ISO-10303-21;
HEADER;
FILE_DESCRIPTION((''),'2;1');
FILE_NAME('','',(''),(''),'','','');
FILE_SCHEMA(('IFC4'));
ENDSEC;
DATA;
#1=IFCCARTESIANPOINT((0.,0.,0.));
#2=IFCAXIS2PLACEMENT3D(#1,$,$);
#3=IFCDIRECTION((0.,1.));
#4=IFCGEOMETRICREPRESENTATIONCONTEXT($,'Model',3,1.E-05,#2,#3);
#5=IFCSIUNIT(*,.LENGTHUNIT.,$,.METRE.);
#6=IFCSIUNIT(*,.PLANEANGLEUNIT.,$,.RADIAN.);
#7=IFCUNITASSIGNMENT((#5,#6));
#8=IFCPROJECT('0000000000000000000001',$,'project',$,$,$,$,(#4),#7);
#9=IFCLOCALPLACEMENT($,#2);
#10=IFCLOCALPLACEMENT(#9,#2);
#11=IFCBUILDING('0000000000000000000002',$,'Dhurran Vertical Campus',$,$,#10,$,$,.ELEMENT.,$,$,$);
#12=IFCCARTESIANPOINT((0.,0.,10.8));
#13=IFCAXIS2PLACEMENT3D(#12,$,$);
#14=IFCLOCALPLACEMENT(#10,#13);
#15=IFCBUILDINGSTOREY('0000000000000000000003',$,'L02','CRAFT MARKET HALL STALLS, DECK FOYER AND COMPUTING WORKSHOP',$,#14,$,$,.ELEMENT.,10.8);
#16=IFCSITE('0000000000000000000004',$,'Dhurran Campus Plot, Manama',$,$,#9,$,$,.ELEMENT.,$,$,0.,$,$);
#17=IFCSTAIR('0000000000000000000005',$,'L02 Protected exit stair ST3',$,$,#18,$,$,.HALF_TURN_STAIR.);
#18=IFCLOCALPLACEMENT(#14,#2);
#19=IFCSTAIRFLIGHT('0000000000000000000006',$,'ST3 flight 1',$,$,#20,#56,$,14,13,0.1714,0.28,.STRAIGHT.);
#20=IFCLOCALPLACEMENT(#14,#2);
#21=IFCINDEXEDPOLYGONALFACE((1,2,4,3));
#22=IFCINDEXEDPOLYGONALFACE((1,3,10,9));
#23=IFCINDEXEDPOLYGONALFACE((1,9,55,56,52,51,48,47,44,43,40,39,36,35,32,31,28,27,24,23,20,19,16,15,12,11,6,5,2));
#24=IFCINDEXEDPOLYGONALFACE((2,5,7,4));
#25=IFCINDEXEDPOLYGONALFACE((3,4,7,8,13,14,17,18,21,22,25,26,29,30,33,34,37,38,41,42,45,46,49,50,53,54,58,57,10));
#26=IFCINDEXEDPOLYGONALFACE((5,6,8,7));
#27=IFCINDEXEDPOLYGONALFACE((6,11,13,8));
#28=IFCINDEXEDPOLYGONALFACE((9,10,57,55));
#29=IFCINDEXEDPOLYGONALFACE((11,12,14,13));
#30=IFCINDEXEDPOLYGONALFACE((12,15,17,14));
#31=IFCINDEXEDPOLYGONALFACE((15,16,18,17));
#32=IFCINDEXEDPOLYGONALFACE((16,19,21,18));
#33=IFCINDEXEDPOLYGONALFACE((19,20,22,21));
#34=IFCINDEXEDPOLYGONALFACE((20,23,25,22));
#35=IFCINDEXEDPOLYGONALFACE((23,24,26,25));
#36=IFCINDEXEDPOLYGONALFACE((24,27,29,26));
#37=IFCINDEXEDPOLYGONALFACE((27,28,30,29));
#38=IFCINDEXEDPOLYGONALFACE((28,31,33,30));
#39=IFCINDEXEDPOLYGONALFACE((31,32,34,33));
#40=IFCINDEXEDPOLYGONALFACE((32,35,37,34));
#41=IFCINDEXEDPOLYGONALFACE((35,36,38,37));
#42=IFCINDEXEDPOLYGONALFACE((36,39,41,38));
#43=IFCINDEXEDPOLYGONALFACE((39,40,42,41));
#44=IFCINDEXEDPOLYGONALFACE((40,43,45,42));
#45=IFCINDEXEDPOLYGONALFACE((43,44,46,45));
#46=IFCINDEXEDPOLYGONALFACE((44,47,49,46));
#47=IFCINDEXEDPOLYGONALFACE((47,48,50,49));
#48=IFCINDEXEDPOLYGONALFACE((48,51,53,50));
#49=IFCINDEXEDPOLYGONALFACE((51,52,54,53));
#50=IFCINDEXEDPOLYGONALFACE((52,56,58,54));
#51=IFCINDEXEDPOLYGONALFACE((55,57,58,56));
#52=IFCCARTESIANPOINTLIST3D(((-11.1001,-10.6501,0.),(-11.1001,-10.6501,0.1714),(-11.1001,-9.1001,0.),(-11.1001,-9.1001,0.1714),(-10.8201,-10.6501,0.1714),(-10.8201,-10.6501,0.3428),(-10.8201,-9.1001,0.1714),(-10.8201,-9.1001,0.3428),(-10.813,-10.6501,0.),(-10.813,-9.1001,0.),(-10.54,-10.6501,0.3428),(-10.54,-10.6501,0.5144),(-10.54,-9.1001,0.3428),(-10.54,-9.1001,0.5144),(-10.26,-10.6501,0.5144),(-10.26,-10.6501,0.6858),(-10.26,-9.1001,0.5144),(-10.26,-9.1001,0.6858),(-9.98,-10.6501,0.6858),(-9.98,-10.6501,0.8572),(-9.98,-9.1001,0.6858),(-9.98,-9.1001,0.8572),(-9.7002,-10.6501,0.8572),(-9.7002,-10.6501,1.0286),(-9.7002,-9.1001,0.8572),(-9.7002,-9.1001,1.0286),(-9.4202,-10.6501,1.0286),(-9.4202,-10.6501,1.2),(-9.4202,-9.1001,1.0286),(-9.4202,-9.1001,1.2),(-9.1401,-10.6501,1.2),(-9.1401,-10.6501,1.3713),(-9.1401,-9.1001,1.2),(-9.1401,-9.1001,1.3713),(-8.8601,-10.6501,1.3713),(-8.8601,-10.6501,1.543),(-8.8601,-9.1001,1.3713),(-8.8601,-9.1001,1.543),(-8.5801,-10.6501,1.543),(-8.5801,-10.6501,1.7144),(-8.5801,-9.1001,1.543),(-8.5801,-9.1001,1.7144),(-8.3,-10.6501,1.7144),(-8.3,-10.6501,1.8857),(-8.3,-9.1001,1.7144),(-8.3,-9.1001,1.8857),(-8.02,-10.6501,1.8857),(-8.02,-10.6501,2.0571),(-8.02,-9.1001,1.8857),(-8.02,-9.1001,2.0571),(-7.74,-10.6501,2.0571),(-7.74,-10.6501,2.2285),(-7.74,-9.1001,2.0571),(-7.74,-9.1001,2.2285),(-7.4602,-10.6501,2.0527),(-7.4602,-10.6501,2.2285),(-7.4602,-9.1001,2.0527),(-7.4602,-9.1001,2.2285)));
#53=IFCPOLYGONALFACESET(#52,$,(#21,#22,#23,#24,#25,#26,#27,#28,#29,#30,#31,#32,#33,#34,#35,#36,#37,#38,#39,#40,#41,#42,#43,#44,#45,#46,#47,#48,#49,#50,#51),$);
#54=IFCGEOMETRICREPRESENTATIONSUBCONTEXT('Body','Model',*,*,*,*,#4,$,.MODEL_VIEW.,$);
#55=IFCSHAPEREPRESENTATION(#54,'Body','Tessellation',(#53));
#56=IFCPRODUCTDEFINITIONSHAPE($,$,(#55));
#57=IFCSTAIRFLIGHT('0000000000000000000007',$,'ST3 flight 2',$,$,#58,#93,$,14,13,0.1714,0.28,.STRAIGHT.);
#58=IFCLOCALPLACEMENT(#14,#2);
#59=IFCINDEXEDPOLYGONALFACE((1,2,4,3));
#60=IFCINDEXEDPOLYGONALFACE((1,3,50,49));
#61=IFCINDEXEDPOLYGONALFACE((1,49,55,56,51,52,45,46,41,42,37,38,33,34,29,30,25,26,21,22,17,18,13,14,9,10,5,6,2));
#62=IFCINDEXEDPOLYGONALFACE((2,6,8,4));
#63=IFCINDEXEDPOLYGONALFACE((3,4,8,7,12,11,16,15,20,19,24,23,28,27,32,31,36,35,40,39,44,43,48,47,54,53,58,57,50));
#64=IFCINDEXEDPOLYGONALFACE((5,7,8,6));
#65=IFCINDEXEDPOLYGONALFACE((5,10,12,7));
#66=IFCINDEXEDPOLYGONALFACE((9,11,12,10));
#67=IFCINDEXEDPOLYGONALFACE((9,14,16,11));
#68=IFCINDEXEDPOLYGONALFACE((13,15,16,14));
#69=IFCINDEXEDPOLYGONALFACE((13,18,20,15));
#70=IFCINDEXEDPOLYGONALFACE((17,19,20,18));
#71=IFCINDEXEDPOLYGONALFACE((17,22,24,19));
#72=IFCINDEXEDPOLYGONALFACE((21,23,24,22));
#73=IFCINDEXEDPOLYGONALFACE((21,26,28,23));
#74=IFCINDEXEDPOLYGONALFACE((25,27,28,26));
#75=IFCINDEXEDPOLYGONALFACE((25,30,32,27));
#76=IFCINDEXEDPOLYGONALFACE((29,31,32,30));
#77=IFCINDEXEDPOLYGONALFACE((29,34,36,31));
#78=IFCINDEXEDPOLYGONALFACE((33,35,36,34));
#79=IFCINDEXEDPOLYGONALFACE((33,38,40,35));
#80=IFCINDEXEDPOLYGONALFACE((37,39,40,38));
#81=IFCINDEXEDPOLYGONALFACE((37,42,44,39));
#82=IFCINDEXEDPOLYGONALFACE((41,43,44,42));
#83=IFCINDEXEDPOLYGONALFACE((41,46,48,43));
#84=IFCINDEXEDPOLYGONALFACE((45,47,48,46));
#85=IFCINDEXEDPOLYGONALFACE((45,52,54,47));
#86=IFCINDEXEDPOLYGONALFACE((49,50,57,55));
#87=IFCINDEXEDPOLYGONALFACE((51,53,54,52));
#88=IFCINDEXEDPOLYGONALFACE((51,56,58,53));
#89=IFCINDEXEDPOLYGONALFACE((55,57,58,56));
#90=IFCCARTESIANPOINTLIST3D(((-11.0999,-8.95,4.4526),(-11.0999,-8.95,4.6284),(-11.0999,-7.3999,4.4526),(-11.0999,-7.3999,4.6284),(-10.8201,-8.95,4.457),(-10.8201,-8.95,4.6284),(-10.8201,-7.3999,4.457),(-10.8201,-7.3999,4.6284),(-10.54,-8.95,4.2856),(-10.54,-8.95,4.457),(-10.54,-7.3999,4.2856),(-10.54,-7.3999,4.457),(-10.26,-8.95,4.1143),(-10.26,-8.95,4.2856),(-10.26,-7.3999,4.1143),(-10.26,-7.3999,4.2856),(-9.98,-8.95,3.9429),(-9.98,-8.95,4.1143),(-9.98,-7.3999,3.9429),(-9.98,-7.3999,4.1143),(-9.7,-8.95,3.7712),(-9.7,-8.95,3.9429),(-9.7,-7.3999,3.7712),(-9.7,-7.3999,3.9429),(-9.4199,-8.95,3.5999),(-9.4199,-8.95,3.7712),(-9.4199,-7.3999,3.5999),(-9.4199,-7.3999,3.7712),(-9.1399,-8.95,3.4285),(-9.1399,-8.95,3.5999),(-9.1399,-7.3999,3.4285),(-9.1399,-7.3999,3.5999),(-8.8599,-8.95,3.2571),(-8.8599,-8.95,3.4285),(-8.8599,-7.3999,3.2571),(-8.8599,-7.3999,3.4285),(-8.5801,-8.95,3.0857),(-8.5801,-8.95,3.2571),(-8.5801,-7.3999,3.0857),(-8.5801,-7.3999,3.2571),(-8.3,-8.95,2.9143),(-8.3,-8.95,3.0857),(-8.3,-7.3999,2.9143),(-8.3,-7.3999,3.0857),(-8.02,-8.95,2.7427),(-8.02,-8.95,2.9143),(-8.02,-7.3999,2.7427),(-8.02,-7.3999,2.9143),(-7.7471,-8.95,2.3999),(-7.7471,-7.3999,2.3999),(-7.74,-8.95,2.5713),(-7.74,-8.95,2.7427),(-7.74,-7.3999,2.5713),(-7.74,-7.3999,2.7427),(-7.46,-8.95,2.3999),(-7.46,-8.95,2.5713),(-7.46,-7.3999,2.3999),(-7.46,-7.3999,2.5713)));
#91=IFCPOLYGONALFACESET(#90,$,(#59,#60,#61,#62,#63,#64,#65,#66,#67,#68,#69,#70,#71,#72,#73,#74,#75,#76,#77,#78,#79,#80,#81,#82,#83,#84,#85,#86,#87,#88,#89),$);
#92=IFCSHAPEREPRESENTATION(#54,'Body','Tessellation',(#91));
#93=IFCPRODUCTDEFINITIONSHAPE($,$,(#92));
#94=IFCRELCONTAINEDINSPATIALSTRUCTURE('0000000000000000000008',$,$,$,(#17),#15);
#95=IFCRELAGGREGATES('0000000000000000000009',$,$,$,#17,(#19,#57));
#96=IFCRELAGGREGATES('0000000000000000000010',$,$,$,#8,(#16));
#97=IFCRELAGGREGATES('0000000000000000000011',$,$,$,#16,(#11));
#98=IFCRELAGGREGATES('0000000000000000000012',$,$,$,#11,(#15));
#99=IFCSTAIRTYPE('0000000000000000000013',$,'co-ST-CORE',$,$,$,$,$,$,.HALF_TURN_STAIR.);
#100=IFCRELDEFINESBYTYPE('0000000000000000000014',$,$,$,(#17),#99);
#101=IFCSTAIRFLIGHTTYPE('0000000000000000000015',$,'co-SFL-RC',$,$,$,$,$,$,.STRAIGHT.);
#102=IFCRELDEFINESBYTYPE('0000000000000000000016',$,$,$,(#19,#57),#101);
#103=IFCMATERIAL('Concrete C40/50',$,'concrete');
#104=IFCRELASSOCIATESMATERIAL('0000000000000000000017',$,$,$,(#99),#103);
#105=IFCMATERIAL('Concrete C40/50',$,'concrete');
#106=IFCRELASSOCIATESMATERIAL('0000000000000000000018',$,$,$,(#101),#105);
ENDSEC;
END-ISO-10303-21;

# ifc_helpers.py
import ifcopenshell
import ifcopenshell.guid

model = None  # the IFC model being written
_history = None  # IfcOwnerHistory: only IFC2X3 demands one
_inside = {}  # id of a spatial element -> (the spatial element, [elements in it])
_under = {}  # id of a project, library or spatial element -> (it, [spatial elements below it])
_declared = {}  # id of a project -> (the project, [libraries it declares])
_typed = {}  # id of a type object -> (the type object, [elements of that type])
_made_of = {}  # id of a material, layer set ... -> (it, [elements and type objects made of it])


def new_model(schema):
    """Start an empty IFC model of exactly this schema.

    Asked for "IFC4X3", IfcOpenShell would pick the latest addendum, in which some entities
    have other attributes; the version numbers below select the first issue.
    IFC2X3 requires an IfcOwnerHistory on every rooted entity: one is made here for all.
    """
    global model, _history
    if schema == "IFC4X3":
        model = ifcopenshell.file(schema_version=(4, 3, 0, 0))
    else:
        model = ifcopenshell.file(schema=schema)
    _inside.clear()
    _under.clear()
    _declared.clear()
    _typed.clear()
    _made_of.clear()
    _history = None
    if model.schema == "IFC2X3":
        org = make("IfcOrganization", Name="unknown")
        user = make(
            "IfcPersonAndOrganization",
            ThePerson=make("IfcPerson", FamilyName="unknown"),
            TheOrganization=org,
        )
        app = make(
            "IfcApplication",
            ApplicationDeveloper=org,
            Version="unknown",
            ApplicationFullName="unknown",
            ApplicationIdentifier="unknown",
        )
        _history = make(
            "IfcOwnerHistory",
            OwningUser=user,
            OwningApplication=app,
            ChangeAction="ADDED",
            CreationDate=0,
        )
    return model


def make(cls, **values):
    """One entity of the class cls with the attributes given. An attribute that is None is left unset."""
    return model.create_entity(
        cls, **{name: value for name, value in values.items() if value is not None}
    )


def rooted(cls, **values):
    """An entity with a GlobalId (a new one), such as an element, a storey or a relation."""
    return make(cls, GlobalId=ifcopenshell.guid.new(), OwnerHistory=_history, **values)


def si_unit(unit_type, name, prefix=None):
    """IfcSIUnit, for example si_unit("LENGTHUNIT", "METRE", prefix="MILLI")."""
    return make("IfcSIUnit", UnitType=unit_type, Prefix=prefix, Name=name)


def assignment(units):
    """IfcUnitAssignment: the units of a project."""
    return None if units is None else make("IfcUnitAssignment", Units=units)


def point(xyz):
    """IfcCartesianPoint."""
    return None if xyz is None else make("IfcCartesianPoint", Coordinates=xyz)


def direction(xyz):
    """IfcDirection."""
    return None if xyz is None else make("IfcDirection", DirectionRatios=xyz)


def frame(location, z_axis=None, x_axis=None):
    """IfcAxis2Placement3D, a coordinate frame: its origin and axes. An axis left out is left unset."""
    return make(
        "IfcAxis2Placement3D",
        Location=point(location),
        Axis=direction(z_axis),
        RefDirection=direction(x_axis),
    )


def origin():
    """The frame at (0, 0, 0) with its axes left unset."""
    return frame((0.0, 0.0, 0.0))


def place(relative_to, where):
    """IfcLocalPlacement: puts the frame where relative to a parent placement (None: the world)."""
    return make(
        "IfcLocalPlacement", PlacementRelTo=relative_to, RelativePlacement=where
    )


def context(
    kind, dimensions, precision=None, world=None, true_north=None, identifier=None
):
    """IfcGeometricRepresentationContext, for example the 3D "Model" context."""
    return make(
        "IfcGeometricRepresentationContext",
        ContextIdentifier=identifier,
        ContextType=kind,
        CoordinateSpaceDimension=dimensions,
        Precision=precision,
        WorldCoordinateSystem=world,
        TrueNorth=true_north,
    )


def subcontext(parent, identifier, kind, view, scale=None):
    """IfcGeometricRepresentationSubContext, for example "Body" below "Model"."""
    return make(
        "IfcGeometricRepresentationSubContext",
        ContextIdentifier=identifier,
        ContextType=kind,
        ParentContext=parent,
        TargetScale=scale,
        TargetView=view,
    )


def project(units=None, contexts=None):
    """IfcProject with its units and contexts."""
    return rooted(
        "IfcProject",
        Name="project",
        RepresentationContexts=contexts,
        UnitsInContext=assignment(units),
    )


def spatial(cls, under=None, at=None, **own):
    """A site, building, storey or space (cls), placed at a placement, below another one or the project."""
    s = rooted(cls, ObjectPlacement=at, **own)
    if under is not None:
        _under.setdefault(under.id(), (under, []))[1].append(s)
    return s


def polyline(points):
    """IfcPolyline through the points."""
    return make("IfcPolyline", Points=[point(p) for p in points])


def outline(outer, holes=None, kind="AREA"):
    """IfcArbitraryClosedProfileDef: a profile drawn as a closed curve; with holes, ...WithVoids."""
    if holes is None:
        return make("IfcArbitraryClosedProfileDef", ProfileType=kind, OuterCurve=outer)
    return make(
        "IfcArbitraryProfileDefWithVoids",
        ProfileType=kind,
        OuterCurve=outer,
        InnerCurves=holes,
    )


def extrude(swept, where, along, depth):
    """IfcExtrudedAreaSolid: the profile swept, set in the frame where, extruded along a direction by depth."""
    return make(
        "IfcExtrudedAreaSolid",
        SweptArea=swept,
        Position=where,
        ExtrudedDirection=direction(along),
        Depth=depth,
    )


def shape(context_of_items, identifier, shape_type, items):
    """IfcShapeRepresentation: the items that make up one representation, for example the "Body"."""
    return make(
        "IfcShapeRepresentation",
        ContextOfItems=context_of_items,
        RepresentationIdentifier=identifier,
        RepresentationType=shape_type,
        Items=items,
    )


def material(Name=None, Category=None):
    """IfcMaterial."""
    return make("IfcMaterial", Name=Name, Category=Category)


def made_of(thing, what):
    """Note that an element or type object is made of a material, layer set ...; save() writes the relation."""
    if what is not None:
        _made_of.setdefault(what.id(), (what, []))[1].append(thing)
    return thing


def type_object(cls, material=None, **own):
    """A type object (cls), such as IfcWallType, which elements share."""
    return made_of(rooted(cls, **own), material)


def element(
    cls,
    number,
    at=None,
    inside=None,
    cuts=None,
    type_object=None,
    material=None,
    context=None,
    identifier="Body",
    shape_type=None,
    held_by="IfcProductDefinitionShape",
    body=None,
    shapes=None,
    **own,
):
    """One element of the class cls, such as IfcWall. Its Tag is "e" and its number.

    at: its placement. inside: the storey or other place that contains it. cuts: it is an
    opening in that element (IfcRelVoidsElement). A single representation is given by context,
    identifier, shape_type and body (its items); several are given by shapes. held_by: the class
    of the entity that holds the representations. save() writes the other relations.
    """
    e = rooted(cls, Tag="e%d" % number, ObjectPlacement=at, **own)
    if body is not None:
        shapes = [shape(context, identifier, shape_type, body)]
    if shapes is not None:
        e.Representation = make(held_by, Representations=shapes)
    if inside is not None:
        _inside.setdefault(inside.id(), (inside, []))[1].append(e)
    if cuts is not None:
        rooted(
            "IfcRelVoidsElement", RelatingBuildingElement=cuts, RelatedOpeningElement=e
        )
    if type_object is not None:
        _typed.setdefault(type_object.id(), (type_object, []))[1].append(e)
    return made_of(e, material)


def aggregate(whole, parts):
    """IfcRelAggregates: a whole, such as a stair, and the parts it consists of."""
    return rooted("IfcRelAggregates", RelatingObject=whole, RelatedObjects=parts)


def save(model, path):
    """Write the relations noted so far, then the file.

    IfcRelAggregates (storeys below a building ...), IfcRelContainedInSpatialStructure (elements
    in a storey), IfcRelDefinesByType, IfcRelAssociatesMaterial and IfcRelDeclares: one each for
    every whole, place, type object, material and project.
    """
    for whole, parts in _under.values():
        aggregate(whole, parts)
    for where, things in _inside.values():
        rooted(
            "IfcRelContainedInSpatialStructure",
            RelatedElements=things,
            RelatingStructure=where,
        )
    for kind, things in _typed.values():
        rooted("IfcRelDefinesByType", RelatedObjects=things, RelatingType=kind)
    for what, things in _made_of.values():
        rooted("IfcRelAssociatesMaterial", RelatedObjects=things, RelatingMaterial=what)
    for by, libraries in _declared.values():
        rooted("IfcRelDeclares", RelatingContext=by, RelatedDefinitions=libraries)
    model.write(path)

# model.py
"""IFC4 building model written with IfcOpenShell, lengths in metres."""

from ifc_helpers import new_model, si_unit, direction, frame, origin, place, context, subcontext, project, spatial, polyline, outline, extrude, material, type_object, element, aggregate, save


model = new_model("IFC4")

# Units and contexts
model_context = context("Model", 3, precision=1e-05, world=origin(), true_north=direction((0.0, 1.0)))
body_context = subcontext(model_context, "Body", "Model", "MODEL_VIEW")
ifc_project = project(units=[si_unit("LENGTHUNIT", "METRE"), si_unit("PLANEANGLEUNIT", "RADIAN")], contexts=[model_context])

# Site, building, storey
site_placement = place(None, origin())
site = spatial("IfcSite", under=ifc_project, at=site_placement, Name="Dhurran Campus Plot, Manama", CompositionType="ELEMENT", RefElevation=0.0)
building_placement = place(site_placement, origin())
building = spatial("IfcBuilding", under=site, at=building_placement, Name="Dhurran Vertical Campus", CompositionType="ELEMENT")
storey_placement = place(building_placement, frame((0.0, 0.0, 10.8)))
storey = spatial("IfcBuildingStorey", under=building, at=storey_placement, Name="L02", Description="CRAFT MARKET HALL STALLS, DECK FOYER AND COMPUTING WORKSHOP", CompositionType="ELEMENT", Elevation=10.8)

# Stair, stair flights
ifc_material_1 = material(Name="Concrete C40/50", Category="concrete")
stair_type = type_object("IfcStairType", Name="co-ST-CORE", PredefinedType="HALF_TURN_STAIR", material=ifc_material_1)
stair_placement = place(storey_placement, origin())
stair = element("IfcStair", 1, at=stair_placement, inside=storey, type_object=stair_type, Name="L02 Protected exit stair ST3", PredefinedType="HALF_TURN_STAIR")
ifc_material_2 = material(Name="Concrete C40/50", Category="concrete")
stair_flight_type = type_object("IfcStairFlightType", Name="co-SFL-RC", PredefinedType="STRAIGHT", material=ifc_material_2)
stair_flight_1_placement = place(storey_placement, frame((-11.1001, -9.875, 0.0), z_axis=(0.0, 0.0, 1.0), x_axis=(1.0, 0.0, 0.0)))
stair_flight_1 = element("IfcStairFlight", 2, at=stair_flight_1_placement, type_object=stair_flight_type, Name="ST3 flight 1", NumberOfRisers=14, NumberOfTreads=13, PredefinedType="STRAIGHT", RiserHeight=0.1714, TreadLength=0.28, context=body_context, shape_type="SweptSolid", body=[
    extrude(outline(polyline([(0.0, 0.0), (0.0, 0.1714), (0.28, 0.1714), (0.28, 0.3428), (0.5601, 0.3428), (0.5601, 0.5144), (0.8401, 0.5144), (0.8401, 0.6858), (1.1201, 0.6858), (1.1201, 0.8572), (1.3999, 0.8572), (1.3999, 1.0286), (1.6799, 1.0286), (1.6799, 1.2), (1.96, 1.2), (1.96, 1.3713), (2.24, 1.3713), (2.24, 1.543), (2.52, 1.543), (2.52, 1.7144), (2.8, 1.7144), (2.8, 1.8857), (3.0801, 1.8857), (3.0801, 2.0571), (3.3601, 2.0571), (3.3601, 2.2285), (3.6399, 2.2285), (3.6399, 2.3999), (3.6399, 2.0527), (0.2871, 0.0), (0.0, 0.0)])), frame((0.0, 0.7749, 0.0), z_axis=(0.0, -1.0, 0.0), x_axis=(1.0, 0.0, 0.0)), (0.0, 0.0, 1.0), 1.55),
])
stair_flight_2_placement = place(storey_placement, frame((-7.46, -8.175, 2.3999), z_axis=(0.0, 0.0, 1.0), x_axis=(-1.0, 0.0, 0.0)))
stair_flight_2 = element("IfcStairFlight", 3, at=stair_flight_2_placement, type_object=stair_flight_type, Name="ST3 flight 2", NumberOfRisers=14, NumberOfTreads=13, PredefinedType="STRAIGHT", RiserHeight=0.1714, TreadLength=0.28, context=body_context, shape_type="SweptSolid", body=[
    extrude(outline(polyline([(0.0, 0.0), (0.0, 0.1714), (0.28, 0.1714), (0.28, 0.3428), (0.5601, 0.3428), (0.5601, 0.5144), (0.8401, 0.5144), (0.8401, 0.6858), (1.1201, 0.6858), (1.1201, 0.8572), (1.3999, 0.8572), (1.3999, 1.0286), (1.6799, 1.0286), (1.6799, 1.2), (1.96, 1.2), (1.96, 1.3713), (2.24, 1.3713), (2.24, 1.543), (2.52, 1.543), (2.52, 1.7144), (2.8, 1.7144), (2.8, 1.8857), (3.0801, 1.8857), (3.0801, 2.0571), (3.3601, 2.0571), (3.3601, 2.2285), (3.6399, 2.2285), (3.6399, 2.3999), (3.6399, 2.0527), (0.2871, 0.0), (0.0, 0.0)])), frame((0.0, 0.7749, 0.0), z_axis=(0.0, -1.0, 0.0), x_axis=(1.0, 0.0, 0.0)), (0.0, 0.0, 1.0), 1.55),
])
aggregate(stair, [stair_flight_1, stair_flight_2])

save(model, "model.ifc")
